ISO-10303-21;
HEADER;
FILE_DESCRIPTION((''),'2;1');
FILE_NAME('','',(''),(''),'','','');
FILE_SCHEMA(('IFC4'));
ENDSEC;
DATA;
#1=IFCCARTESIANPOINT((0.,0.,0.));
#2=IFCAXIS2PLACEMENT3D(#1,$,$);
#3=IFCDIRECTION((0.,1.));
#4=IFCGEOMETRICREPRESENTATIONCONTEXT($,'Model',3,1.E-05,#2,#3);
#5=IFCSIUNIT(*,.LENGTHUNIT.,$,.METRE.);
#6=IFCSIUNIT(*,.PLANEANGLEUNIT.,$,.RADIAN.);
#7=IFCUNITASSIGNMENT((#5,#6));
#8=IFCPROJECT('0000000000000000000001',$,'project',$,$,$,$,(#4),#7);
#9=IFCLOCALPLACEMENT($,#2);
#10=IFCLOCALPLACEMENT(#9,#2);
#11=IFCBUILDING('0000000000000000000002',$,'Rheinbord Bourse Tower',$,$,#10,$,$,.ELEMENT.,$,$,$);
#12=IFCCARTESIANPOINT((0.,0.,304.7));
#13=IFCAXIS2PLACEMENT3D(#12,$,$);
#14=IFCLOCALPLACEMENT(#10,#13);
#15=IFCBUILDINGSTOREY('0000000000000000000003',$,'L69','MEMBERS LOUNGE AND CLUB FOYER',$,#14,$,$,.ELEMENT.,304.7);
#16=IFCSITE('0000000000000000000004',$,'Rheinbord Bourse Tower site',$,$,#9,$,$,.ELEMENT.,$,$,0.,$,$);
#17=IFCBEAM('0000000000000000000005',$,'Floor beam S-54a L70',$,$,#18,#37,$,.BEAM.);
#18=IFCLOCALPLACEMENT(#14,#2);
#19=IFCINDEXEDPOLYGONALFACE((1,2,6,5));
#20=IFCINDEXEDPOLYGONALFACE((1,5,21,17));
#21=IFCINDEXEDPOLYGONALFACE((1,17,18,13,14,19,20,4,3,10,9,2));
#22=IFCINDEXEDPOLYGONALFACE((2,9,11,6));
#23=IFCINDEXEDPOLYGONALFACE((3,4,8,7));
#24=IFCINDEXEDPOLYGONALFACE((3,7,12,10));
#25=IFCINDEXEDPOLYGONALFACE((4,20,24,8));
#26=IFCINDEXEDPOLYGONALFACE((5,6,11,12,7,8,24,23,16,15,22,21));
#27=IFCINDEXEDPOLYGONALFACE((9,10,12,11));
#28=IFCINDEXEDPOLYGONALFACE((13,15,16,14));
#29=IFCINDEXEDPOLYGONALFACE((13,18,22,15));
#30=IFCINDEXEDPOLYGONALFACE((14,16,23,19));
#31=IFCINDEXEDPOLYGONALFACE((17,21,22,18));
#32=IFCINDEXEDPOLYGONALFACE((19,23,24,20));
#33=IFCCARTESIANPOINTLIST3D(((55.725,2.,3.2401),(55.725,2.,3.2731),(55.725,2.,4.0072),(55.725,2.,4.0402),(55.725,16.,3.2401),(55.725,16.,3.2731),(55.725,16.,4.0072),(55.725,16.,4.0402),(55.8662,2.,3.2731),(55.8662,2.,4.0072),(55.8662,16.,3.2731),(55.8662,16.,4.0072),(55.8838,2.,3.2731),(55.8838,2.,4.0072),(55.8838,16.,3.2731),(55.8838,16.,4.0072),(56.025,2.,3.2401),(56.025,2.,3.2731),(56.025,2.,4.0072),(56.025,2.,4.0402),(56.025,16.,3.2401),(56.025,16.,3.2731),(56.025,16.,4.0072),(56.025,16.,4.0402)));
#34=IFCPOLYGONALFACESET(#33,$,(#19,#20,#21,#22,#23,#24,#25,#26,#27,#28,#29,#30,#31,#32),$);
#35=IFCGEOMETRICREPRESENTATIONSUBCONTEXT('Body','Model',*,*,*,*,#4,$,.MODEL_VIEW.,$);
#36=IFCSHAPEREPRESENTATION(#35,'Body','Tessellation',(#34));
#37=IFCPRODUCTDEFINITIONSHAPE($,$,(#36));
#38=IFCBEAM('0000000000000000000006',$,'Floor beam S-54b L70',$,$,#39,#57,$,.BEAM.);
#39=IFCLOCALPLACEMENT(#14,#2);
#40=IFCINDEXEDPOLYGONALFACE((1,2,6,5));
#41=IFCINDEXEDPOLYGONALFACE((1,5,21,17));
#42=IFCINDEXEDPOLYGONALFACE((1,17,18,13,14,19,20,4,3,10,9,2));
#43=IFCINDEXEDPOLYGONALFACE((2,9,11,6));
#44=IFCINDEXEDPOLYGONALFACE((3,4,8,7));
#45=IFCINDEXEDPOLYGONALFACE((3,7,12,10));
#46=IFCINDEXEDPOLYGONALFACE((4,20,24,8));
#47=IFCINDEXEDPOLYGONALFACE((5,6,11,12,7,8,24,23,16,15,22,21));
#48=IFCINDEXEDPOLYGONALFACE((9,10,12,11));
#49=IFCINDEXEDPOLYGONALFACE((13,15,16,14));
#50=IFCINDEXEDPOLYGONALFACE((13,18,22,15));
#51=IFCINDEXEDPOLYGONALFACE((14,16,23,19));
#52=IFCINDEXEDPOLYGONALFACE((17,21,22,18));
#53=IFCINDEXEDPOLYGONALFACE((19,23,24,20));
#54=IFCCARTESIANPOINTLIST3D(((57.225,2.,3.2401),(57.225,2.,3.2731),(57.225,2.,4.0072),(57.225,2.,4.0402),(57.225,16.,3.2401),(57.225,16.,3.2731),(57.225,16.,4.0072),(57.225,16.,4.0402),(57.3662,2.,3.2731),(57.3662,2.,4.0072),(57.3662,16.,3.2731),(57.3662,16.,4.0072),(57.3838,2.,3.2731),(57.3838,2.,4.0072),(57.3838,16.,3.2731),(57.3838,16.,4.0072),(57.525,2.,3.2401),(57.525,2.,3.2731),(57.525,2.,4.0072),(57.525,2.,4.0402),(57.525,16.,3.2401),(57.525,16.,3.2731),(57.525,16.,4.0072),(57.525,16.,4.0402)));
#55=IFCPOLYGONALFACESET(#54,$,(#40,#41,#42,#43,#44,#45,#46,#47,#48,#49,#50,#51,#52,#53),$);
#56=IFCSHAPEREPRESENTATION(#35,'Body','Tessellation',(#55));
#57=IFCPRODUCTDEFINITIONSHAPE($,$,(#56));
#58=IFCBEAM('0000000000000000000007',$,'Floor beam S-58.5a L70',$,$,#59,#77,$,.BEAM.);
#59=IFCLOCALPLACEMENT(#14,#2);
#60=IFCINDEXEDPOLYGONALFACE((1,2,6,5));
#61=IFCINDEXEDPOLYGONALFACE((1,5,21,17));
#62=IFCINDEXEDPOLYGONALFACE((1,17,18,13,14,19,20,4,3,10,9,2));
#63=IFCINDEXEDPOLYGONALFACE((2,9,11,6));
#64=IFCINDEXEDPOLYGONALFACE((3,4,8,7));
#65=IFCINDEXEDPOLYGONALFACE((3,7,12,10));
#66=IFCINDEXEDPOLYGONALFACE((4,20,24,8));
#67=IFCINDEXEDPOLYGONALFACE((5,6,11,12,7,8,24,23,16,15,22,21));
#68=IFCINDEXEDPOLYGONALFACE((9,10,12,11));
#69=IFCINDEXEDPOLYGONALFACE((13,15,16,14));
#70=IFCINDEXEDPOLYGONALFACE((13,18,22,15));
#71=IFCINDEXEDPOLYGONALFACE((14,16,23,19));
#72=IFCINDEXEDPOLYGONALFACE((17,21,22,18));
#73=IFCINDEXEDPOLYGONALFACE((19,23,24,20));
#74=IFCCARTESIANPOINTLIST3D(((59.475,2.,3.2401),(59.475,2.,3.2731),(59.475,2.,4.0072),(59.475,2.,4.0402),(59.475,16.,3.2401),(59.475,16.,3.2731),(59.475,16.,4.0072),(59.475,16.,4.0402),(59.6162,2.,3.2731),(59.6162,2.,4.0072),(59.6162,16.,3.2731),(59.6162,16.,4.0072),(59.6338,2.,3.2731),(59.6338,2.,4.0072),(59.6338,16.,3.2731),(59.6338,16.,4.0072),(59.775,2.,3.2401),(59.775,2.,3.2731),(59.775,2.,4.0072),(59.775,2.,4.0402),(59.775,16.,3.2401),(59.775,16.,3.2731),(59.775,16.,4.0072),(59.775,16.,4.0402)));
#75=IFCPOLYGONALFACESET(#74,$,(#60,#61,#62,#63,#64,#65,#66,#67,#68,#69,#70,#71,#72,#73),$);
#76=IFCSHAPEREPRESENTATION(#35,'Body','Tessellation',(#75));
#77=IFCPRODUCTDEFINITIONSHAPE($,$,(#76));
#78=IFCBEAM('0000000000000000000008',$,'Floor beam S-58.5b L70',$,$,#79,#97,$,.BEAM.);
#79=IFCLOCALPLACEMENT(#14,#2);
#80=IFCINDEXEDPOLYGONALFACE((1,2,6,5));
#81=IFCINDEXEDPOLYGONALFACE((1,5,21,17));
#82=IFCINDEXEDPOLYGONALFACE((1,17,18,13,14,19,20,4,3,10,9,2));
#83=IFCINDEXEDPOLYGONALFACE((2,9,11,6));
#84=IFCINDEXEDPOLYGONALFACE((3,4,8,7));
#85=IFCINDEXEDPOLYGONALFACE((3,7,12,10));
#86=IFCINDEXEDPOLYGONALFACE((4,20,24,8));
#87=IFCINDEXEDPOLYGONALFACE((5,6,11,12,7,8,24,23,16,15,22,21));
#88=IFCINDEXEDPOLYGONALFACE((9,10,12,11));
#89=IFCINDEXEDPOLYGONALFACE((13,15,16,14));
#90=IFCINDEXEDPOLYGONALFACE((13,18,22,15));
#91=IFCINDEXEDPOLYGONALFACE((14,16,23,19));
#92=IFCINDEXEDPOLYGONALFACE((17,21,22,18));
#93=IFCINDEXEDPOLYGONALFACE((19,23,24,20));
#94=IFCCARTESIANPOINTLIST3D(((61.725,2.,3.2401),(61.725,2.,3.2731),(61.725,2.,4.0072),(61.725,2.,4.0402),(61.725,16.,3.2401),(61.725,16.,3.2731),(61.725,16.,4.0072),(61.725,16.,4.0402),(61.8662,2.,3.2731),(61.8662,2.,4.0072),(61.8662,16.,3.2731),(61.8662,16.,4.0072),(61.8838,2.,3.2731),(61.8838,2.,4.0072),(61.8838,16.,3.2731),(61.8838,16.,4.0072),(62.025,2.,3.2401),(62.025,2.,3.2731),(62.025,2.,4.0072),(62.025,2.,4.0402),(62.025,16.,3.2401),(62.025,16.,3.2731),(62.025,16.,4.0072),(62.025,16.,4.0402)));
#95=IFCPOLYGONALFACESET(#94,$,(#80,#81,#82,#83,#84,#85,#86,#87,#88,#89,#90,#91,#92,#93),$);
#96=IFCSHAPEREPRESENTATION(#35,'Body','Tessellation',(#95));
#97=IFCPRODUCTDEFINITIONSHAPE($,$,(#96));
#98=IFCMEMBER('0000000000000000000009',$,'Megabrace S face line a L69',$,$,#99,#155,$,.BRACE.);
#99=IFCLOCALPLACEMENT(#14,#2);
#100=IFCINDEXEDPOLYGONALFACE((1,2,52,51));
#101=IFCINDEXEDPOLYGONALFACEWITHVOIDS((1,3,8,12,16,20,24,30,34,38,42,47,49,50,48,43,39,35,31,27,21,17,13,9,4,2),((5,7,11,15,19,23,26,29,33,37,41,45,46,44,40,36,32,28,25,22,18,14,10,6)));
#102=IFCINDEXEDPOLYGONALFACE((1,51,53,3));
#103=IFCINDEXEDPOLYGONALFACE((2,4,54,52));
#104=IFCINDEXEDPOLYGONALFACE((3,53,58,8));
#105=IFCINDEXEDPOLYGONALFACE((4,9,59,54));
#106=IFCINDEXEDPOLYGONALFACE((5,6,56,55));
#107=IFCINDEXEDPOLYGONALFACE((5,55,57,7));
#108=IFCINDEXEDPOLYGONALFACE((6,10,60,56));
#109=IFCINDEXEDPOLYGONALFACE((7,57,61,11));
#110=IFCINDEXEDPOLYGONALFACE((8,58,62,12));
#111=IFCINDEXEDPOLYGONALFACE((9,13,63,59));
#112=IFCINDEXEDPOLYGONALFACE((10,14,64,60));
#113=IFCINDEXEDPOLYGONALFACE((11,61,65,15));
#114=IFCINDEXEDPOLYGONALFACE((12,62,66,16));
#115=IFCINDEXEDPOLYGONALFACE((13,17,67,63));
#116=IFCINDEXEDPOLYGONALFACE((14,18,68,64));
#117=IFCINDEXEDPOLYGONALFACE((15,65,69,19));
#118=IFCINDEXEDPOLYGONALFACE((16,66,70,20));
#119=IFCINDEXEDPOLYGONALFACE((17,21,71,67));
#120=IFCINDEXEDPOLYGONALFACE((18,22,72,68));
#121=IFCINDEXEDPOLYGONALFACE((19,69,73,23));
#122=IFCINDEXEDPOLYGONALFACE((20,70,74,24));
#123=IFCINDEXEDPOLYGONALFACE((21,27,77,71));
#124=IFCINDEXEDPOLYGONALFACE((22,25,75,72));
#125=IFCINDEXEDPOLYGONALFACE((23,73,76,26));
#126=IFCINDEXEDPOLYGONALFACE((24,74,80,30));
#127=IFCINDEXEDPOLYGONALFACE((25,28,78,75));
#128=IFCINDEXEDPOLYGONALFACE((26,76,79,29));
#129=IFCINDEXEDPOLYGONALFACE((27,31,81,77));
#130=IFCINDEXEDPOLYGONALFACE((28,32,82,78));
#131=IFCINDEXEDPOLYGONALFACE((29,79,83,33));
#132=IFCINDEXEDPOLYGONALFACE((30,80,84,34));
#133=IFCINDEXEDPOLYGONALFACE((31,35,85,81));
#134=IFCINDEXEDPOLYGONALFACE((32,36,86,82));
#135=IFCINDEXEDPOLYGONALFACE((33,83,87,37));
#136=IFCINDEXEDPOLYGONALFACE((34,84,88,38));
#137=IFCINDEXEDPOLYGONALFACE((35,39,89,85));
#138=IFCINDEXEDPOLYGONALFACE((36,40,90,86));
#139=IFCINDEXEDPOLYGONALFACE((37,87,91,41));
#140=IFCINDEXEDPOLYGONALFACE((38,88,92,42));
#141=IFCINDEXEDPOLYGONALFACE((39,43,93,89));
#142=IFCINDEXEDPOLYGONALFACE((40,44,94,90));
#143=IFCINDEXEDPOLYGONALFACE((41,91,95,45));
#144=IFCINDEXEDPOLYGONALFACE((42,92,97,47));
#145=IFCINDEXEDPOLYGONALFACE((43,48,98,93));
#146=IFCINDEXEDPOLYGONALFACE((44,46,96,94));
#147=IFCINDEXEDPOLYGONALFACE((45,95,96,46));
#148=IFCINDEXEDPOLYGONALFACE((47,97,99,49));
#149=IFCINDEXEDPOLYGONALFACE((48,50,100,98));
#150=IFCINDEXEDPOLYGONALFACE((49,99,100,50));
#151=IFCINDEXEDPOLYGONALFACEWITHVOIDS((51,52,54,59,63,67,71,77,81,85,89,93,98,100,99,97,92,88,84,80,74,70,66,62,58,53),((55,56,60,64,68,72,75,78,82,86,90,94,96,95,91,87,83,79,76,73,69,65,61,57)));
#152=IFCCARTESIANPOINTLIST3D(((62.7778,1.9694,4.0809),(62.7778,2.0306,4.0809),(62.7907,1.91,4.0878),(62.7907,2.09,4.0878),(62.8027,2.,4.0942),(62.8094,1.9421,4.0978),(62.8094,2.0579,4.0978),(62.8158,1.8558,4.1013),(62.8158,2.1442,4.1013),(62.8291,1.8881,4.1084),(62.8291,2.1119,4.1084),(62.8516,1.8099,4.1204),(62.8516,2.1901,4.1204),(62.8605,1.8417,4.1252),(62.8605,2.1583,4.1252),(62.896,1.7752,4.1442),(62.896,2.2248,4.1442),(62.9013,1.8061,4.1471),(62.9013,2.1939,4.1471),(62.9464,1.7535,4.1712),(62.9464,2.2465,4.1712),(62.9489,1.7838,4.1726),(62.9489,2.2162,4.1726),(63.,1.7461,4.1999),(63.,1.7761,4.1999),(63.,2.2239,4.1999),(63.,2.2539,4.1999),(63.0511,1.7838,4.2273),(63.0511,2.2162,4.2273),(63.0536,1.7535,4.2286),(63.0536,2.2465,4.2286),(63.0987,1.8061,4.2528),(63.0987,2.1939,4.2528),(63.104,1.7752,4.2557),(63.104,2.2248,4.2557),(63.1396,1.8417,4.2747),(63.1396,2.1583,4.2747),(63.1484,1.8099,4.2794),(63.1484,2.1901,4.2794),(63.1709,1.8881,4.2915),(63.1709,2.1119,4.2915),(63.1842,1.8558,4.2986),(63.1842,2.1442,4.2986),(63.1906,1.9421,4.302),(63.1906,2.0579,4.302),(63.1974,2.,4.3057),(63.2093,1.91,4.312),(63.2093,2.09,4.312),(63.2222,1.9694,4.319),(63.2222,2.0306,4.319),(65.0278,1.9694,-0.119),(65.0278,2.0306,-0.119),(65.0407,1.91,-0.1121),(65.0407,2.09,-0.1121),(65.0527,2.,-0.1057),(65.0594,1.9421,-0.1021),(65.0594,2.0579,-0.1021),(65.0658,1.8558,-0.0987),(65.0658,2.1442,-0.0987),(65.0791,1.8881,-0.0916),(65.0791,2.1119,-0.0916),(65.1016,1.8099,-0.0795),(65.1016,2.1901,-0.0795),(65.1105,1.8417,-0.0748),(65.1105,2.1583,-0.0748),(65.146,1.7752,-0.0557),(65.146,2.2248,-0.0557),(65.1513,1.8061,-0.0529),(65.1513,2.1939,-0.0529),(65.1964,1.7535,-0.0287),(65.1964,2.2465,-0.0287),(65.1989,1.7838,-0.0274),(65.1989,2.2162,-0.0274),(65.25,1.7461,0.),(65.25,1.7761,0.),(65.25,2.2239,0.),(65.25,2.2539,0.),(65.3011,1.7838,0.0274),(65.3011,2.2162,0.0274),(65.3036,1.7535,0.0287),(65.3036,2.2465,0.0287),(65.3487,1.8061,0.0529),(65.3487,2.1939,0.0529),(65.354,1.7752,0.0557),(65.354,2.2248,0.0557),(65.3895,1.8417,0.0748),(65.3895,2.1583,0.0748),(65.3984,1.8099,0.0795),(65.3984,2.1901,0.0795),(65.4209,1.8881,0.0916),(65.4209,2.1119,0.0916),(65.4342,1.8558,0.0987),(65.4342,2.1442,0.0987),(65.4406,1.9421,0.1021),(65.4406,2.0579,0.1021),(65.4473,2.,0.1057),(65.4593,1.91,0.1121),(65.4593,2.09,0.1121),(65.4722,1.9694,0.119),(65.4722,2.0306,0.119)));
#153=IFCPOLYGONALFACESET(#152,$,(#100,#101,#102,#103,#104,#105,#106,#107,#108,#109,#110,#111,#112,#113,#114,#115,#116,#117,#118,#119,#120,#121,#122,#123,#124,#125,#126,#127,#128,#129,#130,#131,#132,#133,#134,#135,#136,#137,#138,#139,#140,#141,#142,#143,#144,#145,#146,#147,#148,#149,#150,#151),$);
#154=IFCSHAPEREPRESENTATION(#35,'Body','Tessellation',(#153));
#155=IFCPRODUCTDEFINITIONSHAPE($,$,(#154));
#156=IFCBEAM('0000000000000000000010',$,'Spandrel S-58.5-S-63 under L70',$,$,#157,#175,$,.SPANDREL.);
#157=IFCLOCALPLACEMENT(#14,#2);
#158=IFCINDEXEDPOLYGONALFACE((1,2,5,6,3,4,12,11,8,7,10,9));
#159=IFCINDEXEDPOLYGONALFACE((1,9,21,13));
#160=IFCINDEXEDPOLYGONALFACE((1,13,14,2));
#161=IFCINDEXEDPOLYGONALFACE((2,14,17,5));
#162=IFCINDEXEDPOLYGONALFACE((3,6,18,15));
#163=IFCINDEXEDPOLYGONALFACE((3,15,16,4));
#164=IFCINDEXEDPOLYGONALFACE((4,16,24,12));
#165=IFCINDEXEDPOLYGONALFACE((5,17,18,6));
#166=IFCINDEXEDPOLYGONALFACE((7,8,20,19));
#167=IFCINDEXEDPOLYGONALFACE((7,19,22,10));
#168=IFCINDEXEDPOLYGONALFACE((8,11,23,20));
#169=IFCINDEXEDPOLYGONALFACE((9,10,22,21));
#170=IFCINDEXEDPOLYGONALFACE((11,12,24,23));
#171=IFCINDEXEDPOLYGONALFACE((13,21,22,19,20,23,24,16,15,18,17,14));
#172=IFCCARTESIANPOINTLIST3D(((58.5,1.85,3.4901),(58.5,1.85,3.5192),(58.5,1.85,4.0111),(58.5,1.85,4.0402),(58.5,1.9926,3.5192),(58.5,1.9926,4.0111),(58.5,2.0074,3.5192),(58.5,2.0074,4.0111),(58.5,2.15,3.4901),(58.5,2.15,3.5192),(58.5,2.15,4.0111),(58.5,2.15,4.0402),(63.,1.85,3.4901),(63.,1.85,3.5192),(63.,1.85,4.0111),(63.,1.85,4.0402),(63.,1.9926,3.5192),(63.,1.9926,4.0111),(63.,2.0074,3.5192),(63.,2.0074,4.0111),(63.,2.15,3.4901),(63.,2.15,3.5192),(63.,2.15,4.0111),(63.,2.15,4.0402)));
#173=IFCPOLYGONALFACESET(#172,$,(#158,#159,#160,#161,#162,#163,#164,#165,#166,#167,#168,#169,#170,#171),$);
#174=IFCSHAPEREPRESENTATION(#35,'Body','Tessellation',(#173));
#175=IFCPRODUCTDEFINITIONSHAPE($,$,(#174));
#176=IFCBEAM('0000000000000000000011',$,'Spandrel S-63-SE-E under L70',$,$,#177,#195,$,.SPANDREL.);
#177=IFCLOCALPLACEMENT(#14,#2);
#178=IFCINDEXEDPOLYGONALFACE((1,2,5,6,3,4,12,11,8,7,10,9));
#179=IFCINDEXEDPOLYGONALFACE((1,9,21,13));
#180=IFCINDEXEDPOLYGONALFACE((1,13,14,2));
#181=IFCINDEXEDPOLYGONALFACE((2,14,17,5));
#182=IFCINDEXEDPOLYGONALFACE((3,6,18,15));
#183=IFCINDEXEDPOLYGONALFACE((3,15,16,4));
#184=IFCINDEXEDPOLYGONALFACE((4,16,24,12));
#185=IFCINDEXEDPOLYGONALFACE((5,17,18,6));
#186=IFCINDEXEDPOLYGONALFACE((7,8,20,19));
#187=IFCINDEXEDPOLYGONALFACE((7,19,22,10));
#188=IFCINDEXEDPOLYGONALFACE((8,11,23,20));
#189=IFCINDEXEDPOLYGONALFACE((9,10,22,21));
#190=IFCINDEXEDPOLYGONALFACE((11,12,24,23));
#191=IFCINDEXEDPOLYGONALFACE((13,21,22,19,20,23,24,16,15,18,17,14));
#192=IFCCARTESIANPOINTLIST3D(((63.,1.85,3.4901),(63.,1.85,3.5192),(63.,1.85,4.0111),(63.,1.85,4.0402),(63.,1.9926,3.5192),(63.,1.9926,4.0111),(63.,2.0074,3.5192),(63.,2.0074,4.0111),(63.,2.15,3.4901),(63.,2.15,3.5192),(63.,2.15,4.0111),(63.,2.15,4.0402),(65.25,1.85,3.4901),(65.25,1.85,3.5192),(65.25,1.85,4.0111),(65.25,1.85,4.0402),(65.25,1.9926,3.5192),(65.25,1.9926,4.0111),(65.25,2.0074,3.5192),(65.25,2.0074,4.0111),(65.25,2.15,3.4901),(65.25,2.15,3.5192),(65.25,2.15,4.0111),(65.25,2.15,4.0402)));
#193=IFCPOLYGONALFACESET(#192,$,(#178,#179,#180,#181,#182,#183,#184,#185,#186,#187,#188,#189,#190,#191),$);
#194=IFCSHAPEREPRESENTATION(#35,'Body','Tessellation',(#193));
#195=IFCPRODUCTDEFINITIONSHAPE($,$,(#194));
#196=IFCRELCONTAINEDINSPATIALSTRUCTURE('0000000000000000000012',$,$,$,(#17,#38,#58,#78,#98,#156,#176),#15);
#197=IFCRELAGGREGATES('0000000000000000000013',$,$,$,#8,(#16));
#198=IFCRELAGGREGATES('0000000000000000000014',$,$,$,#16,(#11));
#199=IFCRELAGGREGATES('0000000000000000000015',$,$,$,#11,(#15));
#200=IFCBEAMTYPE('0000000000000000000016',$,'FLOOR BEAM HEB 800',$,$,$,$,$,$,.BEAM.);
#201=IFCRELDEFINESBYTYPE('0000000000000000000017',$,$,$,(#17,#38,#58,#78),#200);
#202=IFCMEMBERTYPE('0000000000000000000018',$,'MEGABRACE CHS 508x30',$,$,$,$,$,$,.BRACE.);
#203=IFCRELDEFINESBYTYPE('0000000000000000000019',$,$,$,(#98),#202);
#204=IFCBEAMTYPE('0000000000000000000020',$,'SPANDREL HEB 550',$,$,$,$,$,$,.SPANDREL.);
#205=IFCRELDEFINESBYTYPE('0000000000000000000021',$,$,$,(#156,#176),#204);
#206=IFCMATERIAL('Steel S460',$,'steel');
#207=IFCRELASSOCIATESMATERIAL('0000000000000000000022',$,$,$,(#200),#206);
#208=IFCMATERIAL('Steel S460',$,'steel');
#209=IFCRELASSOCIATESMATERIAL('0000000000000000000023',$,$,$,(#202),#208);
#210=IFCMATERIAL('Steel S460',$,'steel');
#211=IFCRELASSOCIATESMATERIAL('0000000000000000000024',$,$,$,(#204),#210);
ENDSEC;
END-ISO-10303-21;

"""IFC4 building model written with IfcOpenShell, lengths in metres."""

from ifc_helpers import new_model, si_unit, direction, frame, origin, origin_2d, place, context, subcontext, project, spatial, hollow_circle, i_section, extrude, material, material_profile, profile_set, type_object, element, save


model = new_model("IFC4")

# Units and contexts
model_context = context("Model", 3, precision=1e-05, world=origin(), true_north=direction((0.0, 1.0)))
body_context = subcontext(model_context, "Body", "Model", "MODEL_VIEW")
ifc_project = project(units=[si_unit("LENGTHUNIT", "METRE"), si_unit("PLANEANGLEUNIT", "RADIAN")], contexts=[model_context])

# Site, building, storey
site_placement = place(None, origin())
site = spatial("IfcSite", under=ifc_project, at=site_placement, Name="Rheinbord Bourse Tower site", CompositionType="ELEMENT", RefElevation=0.0)
building_placement = place(site_placement, origin())
building = spatial("IfcBuilding", under=site, at=building_placement, Name="Rheinbord Bourse Tower", CompositionType="ELEMENT")
storey_placement = place(building_placement, frame((0.0, 0.0, 304.7)))
storey = spatial("IfcBuildingStorey", under=building, at=storey_placement, Name="L69", Description="MEMBERS LOUNGE AND CLUB FOYER", CompositionType="ELEMENT", Elevation=304.7)

# Beams
ifc_material_1 = material(Name="Steel S460", Category="steel")
ifc_material_profile_1 = material_profile(ifc_material_1, i_section(OverallWidth=0.3, OverallDepth=0.8, WebThickness=0.0176, FlangeThickness=0.033, at=origin_2d()), Name="HEB 800")
ifc_profile_set_1 = profile_set([ifc_material_profile_1], Name="Steel S460")
beam_type_1 = type_object("IfcBeamType", Name="FLOOR BEAM HEB 800", PredefinedType="BEAM", material=ifc_profile_set_1)
for number, where, z_axis, x_axis, name in (
    (1, (55.875, 2.0, 3.6401), (0.0, 1.0, 0.0), (-1.0, 0.0, 0.0), "Floor beam S-54a L70"),
    (2, (57.375, 2.0, 3.6401), (0.0, 1.0, 0.0), (-1.0, 0.0, 0.0), "Floor beam S-54b L70"),
    (3, (59.625, 2.0, 3.6401), (0.0, 1.0, 0.0), (-1.0, 0.0, 0.0), "Floor beam S-58.5a L70"),
    (4, (61.875, 2.0, 3.6401), (0.0, 1.0, 0.0), (-1.0, 0.0, 0.0), "Floor beam S-58.5b L70"),
):
    element("IfcBeam", number, at=place(storey_placement, frame(where, z_axis=z_axis, x_axis=x_axis)), inside=storey, type_object=beam_type_1, Name=name, PredefinedType="BEAM", context=body_context, shape_type="SweptSolid", body=[
        extrude(i_section(OverallWidth=0.3, OverallDepth=0.8, WebThickness=0.0176, FlangeThickness=0.033, at=origin_2d()), origin(), (0.0, 0.0, 1.0), 14.0),
    ])

# Member
ifc_material_2 = material(Name="Steel S460", Category="steel")
ifc_material_profile_2 = material_profile(ifc_material_2, hollow_circle(Radius=0.2539, WallThickness=0.03, at=origin_2d()), Name="CHS 508x30")
ifc_profile_set_2 = profile_set([ifc_material_profile_2], Name="Steel S460")
member_type_1 = type_object("IfcMemberType", Name="MEGABRACE CHS 508x30", PredefinedType="BRACE", material=ifc_profile_set_2)
member_1_placement = place(storey_placement, frame((65.25, 2.0, 0.0), z_axis=(-0.472226, 0.0, 0.881478), x_axis=(0.0, -1.0, 0.0)))
element("IfcMember", 5, at=member_1_placement, inside=storey, type_object=member_type_1, Name="Megabrace S face line a L69", PredefinedType="BRACE", context=body_context, shape_type="SweptSolid", body=[
    extrude(hollow_circle(Radius=0.2539, WallThickness=0.03, at=origin_2d()), origin(), (0.0, 0.0, 1.0), 4.7646),
])

# Beams
ifc_material_3 = material(Name="Steel S460", Category="steel")
ifc_material_profile_3 = material_profile(ifc_material_3, i_section(OverallWidth=0.3, OverallDepth=0.55, WebThickness=0.0149, FlangeThickness=0.0291, at=origin_2d()), Name="HEB 550")
ifc_profile_set_3 = profile_set([ifc_material_profile_3], Name="Steel S460")
beam_type_2 = type_object("IfcBeamType", Name="SPANDREL HEB 550", PredefinedType="SPANDREL", material=ifc_profile_set_3)
beam_1_placement = place(storey_placement, frame((58.5, 2.0, 3.7651), z_axis=(1.0, 0.0, 0.0), x_axis=(0.0, 1.0, 0.0)))
element("IfcBeam", 6, at=beam_1_placement, inside=storey, type_object=beam_type_2, Name="Spandrel S-58.5-S-63 under L70", PredefinedType="SPANDREL", context=body_context, shape_type="SweptSolid", body=[
    extrude(i_section(OverallWidth=0.3, OverallDepth=0.55, WebThickness=0.0149, FlangeThickness=0.0291, at=origin_2d()), origin(), (0.0, 0.0, 1.0), 4.5),
])
beam_2_placement = place(storey_placement, frame((63.0, 2.0, 3.7651), z_axis=(1.0, 0.0, 0.0), x_axis=(0.0, 1.0, 0.0)))
element("IfcBeam", 7, at=beam_2_placement, inside=storey, type_object=beam_type_2, Name="Spandrel S-63-SE-E under L70", PredefinedType="SPANDREL", context=body_context, shape_type="SweptSolid", body=[
    extrude(i_section(OverallWidth=0.3, OverallDepth=0.55, WebThickness=0.0149, FlangeThickness=0.0291, at=origin_2d()), origin(), (0.0, 0.0, 1.0), 2.25),
])

save(model, "model.ifc")
